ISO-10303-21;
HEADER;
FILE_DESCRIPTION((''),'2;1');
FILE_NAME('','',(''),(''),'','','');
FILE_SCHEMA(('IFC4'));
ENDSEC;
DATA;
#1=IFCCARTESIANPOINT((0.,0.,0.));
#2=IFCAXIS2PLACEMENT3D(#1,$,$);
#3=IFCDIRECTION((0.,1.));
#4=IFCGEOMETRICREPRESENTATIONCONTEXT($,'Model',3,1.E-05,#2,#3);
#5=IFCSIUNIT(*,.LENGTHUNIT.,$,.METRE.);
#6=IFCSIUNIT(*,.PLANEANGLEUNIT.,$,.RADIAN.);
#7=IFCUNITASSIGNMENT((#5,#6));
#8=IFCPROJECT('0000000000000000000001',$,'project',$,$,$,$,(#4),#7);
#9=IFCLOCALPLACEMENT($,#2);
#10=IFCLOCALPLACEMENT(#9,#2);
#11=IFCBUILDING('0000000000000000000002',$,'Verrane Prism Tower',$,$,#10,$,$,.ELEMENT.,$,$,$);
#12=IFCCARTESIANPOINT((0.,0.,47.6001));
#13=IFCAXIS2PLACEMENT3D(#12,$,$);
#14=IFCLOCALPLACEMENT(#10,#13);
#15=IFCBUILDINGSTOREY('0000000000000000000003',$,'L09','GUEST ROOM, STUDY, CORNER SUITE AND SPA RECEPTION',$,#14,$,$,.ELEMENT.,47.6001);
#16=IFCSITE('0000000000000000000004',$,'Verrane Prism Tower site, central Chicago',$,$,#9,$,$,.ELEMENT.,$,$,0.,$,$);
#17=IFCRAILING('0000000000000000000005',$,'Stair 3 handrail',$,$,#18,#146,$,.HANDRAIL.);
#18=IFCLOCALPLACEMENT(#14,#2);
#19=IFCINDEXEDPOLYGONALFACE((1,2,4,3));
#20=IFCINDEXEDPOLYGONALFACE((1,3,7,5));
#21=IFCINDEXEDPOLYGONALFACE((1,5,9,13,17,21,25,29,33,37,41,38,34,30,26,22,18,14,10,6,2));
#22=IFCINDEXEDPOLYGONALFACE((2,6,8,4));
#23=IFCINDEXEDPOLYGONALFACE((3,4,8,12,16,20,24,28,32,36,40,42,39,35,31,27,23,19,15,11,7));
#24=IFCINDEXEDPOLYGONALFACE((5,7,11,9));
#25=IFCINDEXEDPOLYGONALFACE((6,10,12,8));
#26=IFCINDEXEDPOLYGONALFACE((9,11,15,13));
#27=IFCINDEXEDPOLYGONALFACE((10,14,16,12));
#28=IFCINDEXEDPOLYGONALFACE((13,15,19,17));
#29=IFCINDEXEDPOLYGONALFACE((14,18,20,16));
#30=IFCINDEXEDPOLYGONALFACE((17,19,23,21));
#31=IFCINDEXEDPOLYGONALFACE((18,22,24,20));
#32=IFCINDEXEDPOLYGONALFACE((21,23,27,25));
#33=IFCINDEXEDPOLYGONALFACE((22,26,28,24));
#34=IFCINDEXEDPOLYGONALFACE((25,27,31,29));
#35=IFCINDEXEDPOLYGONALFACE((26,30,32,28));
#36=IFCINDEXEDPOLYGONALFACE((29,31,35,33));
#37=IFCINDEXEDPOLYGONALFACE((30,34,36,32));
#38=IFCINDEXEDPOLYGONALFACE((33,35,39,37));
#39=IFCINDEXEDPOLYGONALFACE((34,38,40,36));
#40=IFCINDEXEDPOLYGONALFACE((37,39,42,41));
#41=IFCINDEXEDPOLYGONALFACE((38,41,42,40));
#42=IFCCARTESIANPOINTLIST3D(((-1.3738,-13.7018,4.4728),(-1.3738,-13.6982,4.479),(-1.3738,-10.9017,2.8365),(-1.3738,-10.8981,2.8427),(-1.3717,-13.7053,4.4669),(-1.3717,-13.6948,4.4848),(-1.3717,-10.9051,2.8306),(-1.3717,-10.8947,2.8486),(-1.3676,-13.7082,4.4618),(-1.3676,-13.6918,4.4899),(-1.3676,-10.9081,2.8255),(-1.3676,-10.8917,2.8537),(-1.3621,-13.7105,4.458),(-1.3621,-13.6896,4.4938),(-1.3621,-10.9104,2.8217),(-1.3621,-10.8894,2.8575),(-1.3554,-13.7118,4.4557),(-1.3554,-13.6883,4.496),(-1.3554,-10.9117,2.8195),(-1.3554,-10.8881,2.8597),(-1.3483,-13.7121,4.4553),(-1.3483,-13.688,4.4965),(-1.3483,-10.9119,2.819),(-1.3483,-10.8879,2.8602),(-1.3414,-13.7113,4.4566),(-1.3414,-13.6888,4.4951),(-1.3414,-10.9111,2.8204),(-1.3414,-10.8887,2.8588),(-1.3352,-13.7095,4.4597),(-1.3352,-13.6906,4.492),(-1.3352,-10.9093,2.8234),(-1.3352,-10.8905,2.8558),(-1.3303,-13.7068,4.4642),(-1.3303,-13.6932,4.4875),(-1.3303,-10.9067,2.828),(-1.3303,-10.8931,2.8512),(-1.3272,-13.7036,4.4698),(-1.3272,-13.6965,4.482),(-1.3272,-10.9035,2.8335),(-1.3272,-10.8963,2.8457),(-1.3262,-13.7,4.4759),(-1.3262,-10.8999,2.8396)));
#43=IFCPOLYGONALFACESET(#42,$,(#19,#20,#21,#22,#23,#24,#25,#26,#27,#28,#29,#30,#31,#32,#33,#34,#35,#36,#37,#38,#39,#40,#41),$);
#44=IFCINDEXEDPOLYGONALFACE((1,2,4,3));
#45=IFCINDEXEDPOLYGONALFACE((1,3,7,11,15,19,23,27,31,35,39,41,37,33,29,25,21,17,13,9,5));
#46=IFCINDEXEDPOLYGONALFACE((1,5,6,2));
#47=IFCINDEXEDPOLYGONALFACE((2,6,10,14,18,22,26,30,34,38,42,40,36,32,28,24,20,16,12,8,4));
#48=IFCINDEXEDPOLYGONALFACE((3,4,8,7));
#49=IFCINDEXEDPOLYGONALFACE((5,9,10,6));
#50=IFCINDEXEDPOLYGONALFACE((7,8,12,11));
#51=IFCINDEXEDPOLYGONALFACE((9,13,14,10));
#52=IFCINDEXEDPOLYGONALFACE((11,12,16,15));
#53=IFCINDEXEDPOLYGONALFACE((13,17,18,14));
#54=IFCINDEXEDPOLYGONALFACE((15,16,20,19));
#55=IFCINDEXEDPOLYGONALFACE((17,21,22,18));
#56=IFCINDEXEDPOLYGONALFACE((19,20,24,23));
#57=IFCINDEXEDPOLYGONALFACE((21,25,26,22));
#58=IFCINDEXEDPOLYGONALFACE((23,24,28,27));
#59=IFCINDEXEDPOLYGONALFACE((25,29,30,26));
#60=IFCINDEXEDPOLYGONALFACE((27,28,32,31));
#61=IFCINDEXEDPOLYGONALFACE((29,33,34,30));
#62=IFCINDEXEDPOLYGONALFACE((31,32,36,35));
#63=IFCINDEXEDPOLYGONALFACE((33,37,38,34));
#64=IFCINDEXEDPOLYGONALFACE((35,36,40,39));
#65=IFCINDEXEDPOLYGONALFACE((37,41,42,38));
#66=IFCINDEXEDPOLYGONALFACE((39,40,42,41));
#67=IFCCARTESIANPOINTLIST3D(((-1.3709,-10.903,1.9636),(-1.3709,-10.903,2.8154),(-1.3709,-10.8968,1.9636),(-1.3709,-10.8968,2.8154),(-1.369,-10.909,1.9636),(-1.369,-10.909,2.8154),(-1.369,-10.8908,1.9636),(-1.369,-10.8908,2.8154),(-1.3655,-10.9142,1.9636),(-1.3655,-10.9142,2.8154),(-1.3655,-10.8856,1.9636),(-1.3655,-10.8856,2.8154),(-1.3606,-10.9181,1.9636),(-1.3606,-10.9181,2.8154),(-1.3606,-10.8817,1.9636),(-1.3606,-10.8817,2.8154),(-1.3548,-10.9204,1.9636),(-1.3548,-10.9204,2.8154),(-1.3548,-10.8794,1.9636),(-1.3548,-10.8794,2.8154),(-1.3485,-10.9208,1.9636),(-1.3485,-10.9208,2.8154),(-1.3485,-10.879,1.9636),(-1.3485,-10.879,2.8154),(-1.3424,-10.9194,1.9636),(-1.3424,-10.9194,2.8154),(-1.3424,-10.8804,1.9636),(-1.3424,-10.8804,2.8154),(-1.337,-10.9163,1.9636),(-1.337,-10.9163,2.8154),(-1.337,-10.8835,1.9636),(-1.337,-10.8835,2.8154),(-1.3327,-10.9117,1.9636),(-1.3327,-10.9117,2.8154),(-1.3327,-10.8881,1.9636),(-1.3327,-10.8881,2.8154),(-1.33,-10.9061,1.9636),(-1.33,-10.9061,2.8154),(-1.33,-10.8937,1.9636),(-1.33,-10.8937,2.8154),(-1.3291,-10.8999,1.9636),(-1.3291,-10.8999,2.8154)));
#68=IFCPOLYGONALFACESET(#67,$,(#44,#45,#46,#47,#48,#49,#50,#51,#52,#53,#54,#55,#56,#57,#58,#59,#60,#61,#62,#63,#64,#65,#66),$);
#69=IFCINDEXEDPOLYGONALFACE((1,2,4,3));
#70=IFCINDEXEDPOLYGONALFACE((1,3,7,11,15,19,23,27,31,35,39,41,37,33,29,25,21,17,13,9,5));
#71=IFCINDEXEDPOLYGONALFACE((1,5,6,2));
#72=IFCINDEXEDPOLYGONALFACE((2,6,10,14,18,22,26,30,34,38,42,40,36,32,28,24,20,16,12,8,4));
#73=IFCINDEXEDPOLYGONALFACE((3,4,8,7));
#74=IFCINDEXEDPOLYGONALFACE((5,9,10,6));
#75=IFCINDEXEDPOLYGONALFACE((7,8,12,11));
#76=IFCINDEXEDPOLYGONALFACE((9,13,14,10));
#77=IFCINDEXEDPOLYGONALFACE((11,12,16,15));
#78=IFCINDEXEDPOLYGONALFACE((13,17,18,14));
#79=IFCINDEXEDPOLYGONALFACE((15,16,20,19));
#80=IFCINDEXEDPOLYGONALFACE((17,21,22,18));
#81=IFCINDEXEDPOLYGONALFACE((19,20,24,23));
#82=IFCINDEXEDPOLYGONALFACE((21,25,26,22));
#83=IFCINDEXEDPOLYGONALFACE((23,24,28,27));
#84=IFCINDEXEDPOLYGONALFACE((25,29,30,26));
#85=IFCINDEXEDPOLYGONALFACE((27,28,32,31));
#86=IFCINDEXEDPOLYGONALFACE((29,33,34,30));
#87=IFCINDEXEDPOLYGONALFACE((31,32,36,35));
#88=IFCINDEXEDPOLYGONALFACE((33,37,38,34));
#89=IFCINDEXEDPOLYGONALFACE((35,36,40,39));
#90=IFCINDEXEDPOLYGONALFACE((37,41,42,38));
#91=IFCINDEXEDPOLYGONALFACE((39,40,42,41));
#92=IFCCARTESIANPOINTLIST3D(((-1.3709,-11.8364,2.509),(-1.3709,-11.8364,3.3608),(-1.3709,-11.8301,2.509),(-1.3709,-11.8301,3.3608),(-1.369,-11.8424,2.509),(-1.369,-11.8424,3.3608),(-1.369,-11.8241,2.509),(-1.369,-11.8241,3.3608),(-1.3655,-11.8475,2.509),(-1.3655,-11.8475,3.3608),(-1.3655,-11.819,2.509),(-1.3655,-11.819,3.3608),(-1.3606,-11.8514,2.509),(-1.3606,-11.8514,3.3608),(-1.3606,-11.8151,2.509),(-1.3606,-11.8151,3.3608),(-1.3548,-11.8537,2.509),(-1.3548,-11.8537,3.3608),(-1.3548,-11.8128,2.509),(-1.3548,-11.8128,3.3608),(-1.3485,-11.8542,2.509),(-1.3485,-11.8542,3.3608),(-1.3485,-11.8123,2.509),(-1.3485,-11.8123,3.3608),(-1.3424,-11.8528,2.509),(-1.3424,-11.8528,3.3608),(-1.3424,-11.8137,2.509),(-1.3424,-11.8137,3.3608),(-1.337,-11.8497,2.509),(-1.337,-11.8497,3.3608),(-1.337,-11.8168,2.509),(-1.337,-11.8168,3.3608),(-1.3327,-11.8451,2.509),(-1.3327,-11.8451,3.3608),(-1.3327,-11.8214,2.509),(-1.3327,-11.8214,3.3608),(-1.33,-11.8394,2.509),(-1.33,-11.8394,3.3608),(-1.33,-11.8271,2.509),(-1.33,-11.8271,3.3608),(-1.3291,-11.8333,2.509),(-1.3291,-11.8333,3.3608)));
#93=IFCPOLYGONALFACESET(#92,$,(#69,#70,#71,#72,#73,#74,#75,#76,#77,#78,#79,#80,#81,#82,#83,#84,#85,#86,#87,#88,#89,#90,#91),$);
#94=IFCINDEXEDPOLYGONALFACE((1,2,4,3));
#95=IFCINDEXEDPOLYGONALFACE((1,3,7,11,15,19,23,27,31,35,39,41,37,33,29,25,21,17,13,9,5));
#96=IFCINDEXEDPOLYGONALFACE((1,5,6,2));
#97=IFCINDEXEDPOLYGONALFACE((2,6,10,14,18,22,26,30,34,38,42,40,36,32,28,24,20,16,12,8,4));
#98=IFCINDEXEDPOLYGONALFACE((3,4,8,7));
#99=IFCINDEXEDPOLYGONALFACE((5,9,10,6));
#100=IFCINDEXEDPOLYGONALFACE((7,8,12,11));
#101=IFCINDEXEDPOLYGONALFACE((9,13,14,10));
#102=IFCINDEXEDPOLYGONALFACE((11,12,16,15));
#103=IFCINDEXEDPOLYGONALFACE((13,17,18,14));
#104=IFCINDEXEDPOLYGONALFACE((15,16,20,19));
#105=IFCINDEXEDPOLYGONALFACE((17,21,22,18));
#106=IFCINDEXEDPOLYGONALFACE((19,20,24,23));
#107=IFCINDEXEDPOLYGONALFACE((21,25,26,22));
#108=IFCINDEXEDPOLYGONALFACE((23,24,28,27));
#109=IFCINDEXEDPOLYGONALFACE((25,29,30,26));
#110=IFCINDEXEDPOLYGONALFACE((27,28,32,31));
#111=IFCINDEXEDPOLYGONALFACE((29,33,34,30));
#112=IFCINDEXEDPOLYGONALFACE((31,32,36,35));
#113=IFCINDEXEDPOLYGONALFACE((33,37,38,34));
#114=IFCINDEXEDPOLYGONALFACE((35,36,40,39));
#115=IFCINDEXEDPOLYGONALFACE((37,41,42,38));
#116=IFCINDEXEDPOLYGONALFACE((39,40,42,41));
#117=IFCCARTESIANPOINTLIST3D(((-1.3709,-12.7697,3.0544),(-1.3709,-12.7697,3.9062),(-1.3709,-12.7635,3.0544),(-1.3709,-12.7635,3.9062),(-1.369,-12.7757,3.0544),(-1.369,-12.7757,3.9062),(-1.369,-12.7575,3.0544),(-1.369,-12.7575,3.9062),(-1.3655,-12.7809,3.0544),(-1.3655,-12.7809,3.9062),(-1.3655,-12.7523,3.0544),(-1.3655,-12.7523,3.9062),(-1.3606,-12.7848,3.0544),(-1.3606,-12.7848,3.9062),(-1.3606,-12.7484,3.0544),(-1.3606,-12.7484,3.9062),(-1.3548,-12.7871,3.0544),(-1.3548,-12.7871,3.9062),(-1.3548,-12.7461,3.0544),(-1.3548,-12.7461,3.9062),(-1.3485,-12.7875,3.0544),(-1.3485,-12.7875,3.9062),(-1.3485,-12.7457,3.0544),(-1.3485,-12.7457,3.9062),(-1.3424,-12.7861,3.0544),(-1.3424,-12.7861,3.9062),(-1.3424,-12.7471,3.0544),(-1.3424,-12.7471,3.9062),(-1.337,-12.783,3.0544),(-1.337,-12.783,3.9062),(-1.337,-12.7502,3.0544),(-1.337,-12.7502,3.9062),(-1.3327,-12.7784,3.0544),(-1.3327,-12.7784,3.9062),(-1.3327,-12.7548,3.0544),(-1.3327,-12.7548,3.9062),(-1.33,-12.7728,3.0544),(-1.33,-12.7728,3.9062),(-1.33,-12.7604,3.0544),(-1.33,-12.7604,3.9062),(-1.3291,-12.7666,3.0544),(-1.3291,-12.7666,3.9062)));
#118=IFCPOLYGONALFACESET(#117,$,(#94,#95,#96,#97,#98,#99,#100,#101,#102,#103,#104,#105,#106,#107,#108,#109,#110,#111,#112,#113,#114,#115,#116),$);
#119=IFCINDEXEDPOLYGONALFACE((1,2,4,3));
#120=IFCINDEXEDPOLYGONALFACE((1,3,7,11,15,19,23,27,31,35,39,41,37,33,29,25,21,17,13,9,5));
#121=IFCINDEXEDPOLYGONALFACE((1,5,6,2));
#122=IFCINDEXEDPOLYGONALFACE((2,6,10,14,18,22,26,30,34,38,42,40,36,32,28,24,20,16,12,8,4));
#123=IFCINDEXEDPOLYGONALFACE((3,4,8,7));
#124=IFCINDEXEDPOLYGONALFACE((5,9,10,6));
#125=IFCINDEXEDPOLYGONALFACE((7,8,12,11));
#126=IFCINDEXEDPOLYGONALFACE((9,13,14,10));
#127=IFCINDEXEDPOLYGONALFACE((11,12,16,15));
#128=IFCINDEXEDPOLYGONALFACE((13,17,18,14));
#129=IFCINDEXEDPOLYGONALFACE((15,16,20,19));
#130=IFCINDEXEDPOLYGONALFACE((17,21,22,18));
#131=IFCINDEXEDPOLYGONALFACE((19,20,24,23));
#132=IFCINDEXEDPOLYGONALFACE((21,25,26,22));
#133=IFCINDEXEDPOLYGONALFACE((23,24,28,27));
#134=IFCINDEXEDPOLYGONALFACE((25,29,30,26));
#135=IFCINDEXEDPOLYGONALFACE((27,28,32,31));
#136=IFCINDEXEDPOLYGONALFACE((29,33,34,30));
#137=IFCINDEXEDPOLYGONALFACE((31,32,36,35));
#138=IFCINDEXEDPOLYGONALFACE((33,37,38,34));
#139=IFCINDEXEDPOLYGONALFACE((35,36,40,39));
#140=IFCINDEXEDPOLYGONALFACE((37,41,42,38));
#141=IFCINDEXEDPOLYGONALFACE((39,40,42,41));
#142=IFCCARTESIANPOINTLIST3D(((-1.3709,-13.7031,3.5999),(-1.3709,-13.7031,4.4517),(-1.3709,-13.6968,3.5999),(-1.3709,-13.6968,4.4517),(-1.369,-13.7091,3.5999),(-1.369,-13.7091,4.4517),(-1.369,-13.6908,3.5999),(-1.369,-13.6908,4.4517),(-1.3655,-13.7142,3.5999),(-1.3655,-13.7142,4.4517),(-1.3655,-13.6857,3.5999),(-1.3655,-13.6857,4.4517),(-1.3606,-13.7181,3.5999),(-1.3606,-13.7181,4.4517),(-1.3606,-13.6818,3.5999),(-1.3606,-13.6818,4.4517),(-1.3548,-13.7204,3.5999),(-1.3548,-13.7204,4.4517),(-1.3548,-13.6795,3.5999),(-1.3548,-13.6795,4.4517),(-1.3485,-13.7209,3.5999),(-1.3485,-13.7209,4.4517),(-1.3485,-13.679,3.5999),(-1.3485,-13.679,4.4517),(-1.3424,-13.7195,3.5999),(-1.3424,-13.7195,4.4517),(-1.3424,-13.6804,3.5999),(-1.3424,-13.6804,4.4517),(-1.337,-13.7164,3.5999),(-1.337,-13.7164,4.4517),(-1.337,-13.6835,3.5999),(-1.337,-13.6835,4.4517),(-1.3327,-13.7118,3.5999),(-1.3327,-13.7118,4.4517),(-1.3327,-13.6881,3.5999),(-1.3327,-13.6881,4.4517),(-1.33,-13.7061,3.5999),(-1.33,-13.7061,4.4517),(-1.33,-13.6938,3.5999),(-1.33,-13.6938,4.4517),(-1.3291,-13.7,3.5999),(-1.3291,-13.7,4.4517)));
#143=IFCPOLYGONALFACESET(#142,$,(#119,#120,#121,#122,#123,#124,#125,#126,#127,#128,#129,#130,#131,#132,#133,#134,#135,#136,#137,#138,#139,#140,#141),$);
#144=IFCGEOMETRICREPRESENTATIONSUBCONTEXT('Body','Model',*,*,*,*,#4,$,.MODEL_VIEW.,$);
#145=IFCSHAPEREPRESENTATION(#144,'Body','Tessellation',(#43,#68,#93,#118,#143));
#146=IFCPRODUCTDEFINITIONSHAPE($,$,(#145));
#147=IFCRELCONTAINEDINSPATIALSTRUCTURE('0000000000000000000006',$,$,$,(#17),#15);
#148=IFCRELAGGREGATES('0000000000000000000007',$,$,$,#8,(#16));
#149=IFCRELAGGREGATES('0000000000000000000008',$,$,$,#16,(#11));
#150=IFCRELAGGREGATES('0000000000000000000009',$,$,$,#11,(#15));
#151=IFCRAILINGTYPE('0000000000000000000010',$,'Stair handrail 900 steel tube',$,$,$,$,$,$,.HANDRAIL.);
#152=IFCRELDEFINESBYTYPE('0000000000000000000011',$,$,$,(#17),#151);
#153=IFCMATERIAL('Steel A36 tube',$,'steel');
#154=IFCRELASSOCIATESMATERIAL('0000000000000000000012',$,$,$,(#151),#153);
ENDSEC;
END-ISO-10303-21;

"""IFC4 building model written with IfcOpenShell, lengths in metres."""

from ifc_helpers import new_model, si_unit, direction, frame, origin, origin_2d, place, context, subcontext, project, spatial, circle, extrude, material, type_object, element, save


model = new_model("IFC4")

# Units and contexts
model_context = context("Model", 3, precision=1e-05, world=origin(), true_north=direction((0.0, 1.0)))
body_context = subcontext(model_context, "Body", "Model", "MODEL_VIEW")
ifc_project = project(units=[si_unit("LENGTHUNIT", "METRE"), si_unit("PLANEANGLEUNIT", "RADIAN")], contexts=[model_context])

# Site, building, storey
site_placement = place(None, origin())
site = spatial("IfcSite", under=ifc_project, at=site_placement, Name="Verrane Prism Tower site, central Chicago", CompositionType="ELEMENT", RefElevation=0.0)
building_placement = place(site_placement, origin())
building = spatial("IfcBuilding", under=site, at=building_placement, Name="Verrane Prism Tower", CompositionType="ELEMENT")
storey_placement = place(building_placement, frame((0.0, 0.0, 47.6001)))
storey = spatial("IfcBuildingStorey", under=building, at=storey_placement, Name="L09", Description="GUEST ROOM, STUDY, CORNER SUITE AND SPA RECEPTION", CompositionType="ELEMENT", Elevation=47.6001)

# Railing
ifc_material_1 = material(Name="Steel A36 tube", Category="steel")
railing_type = type_object("IfcRailingType", Name="Stair handrail 900 steel tube", PredefinedType="HANDRAIL", material=ifc_material_1)
railing_placement = place(storey_placement, frame((-1.3501, -10.8999, 1.9636)))
element("IfcRailing", 1, at=railing_placement, inside=storey, type_object=railing_type, Name="Stair 3 handrail", PredefinedType="HANDRAIL", context=body_context, shape_type="SweptSolid", body=[
    extrude(circle(Radius=0.0239, at=origin_2d()), frame((0.0, 0.0, 0.876), z_axis=(0.0, -0.863394, 0.504531), x_axis=(1.0, 0.0, 0.0)), (0.0, 0.0, 1.0), 3.2432),
    extrude(circle(Radius=0.021, at=origin_2d()), origin(), (0.0, 0.0, 1.0), 0.8518),
    extrude(circle(Radius=0.021, at=origin_2d()), frame((0.0, -0.9333, 0.5454)), (0.0, 0.0, 1.0), 0.8518),
    extrude(circle(Radius=0.021, at=origin_2d()), frame((0.0, -1.8667, 1.0908)), (0.0, 0.0, 1.0), 0.8518),
    extrude(circle(Radius=0.021, at=origin_2d()), frame((0.0, -2.8, 1.6362)), (0.0, 0.0, 1.0), 0.8518),
])

save(model, "model.ifc")
